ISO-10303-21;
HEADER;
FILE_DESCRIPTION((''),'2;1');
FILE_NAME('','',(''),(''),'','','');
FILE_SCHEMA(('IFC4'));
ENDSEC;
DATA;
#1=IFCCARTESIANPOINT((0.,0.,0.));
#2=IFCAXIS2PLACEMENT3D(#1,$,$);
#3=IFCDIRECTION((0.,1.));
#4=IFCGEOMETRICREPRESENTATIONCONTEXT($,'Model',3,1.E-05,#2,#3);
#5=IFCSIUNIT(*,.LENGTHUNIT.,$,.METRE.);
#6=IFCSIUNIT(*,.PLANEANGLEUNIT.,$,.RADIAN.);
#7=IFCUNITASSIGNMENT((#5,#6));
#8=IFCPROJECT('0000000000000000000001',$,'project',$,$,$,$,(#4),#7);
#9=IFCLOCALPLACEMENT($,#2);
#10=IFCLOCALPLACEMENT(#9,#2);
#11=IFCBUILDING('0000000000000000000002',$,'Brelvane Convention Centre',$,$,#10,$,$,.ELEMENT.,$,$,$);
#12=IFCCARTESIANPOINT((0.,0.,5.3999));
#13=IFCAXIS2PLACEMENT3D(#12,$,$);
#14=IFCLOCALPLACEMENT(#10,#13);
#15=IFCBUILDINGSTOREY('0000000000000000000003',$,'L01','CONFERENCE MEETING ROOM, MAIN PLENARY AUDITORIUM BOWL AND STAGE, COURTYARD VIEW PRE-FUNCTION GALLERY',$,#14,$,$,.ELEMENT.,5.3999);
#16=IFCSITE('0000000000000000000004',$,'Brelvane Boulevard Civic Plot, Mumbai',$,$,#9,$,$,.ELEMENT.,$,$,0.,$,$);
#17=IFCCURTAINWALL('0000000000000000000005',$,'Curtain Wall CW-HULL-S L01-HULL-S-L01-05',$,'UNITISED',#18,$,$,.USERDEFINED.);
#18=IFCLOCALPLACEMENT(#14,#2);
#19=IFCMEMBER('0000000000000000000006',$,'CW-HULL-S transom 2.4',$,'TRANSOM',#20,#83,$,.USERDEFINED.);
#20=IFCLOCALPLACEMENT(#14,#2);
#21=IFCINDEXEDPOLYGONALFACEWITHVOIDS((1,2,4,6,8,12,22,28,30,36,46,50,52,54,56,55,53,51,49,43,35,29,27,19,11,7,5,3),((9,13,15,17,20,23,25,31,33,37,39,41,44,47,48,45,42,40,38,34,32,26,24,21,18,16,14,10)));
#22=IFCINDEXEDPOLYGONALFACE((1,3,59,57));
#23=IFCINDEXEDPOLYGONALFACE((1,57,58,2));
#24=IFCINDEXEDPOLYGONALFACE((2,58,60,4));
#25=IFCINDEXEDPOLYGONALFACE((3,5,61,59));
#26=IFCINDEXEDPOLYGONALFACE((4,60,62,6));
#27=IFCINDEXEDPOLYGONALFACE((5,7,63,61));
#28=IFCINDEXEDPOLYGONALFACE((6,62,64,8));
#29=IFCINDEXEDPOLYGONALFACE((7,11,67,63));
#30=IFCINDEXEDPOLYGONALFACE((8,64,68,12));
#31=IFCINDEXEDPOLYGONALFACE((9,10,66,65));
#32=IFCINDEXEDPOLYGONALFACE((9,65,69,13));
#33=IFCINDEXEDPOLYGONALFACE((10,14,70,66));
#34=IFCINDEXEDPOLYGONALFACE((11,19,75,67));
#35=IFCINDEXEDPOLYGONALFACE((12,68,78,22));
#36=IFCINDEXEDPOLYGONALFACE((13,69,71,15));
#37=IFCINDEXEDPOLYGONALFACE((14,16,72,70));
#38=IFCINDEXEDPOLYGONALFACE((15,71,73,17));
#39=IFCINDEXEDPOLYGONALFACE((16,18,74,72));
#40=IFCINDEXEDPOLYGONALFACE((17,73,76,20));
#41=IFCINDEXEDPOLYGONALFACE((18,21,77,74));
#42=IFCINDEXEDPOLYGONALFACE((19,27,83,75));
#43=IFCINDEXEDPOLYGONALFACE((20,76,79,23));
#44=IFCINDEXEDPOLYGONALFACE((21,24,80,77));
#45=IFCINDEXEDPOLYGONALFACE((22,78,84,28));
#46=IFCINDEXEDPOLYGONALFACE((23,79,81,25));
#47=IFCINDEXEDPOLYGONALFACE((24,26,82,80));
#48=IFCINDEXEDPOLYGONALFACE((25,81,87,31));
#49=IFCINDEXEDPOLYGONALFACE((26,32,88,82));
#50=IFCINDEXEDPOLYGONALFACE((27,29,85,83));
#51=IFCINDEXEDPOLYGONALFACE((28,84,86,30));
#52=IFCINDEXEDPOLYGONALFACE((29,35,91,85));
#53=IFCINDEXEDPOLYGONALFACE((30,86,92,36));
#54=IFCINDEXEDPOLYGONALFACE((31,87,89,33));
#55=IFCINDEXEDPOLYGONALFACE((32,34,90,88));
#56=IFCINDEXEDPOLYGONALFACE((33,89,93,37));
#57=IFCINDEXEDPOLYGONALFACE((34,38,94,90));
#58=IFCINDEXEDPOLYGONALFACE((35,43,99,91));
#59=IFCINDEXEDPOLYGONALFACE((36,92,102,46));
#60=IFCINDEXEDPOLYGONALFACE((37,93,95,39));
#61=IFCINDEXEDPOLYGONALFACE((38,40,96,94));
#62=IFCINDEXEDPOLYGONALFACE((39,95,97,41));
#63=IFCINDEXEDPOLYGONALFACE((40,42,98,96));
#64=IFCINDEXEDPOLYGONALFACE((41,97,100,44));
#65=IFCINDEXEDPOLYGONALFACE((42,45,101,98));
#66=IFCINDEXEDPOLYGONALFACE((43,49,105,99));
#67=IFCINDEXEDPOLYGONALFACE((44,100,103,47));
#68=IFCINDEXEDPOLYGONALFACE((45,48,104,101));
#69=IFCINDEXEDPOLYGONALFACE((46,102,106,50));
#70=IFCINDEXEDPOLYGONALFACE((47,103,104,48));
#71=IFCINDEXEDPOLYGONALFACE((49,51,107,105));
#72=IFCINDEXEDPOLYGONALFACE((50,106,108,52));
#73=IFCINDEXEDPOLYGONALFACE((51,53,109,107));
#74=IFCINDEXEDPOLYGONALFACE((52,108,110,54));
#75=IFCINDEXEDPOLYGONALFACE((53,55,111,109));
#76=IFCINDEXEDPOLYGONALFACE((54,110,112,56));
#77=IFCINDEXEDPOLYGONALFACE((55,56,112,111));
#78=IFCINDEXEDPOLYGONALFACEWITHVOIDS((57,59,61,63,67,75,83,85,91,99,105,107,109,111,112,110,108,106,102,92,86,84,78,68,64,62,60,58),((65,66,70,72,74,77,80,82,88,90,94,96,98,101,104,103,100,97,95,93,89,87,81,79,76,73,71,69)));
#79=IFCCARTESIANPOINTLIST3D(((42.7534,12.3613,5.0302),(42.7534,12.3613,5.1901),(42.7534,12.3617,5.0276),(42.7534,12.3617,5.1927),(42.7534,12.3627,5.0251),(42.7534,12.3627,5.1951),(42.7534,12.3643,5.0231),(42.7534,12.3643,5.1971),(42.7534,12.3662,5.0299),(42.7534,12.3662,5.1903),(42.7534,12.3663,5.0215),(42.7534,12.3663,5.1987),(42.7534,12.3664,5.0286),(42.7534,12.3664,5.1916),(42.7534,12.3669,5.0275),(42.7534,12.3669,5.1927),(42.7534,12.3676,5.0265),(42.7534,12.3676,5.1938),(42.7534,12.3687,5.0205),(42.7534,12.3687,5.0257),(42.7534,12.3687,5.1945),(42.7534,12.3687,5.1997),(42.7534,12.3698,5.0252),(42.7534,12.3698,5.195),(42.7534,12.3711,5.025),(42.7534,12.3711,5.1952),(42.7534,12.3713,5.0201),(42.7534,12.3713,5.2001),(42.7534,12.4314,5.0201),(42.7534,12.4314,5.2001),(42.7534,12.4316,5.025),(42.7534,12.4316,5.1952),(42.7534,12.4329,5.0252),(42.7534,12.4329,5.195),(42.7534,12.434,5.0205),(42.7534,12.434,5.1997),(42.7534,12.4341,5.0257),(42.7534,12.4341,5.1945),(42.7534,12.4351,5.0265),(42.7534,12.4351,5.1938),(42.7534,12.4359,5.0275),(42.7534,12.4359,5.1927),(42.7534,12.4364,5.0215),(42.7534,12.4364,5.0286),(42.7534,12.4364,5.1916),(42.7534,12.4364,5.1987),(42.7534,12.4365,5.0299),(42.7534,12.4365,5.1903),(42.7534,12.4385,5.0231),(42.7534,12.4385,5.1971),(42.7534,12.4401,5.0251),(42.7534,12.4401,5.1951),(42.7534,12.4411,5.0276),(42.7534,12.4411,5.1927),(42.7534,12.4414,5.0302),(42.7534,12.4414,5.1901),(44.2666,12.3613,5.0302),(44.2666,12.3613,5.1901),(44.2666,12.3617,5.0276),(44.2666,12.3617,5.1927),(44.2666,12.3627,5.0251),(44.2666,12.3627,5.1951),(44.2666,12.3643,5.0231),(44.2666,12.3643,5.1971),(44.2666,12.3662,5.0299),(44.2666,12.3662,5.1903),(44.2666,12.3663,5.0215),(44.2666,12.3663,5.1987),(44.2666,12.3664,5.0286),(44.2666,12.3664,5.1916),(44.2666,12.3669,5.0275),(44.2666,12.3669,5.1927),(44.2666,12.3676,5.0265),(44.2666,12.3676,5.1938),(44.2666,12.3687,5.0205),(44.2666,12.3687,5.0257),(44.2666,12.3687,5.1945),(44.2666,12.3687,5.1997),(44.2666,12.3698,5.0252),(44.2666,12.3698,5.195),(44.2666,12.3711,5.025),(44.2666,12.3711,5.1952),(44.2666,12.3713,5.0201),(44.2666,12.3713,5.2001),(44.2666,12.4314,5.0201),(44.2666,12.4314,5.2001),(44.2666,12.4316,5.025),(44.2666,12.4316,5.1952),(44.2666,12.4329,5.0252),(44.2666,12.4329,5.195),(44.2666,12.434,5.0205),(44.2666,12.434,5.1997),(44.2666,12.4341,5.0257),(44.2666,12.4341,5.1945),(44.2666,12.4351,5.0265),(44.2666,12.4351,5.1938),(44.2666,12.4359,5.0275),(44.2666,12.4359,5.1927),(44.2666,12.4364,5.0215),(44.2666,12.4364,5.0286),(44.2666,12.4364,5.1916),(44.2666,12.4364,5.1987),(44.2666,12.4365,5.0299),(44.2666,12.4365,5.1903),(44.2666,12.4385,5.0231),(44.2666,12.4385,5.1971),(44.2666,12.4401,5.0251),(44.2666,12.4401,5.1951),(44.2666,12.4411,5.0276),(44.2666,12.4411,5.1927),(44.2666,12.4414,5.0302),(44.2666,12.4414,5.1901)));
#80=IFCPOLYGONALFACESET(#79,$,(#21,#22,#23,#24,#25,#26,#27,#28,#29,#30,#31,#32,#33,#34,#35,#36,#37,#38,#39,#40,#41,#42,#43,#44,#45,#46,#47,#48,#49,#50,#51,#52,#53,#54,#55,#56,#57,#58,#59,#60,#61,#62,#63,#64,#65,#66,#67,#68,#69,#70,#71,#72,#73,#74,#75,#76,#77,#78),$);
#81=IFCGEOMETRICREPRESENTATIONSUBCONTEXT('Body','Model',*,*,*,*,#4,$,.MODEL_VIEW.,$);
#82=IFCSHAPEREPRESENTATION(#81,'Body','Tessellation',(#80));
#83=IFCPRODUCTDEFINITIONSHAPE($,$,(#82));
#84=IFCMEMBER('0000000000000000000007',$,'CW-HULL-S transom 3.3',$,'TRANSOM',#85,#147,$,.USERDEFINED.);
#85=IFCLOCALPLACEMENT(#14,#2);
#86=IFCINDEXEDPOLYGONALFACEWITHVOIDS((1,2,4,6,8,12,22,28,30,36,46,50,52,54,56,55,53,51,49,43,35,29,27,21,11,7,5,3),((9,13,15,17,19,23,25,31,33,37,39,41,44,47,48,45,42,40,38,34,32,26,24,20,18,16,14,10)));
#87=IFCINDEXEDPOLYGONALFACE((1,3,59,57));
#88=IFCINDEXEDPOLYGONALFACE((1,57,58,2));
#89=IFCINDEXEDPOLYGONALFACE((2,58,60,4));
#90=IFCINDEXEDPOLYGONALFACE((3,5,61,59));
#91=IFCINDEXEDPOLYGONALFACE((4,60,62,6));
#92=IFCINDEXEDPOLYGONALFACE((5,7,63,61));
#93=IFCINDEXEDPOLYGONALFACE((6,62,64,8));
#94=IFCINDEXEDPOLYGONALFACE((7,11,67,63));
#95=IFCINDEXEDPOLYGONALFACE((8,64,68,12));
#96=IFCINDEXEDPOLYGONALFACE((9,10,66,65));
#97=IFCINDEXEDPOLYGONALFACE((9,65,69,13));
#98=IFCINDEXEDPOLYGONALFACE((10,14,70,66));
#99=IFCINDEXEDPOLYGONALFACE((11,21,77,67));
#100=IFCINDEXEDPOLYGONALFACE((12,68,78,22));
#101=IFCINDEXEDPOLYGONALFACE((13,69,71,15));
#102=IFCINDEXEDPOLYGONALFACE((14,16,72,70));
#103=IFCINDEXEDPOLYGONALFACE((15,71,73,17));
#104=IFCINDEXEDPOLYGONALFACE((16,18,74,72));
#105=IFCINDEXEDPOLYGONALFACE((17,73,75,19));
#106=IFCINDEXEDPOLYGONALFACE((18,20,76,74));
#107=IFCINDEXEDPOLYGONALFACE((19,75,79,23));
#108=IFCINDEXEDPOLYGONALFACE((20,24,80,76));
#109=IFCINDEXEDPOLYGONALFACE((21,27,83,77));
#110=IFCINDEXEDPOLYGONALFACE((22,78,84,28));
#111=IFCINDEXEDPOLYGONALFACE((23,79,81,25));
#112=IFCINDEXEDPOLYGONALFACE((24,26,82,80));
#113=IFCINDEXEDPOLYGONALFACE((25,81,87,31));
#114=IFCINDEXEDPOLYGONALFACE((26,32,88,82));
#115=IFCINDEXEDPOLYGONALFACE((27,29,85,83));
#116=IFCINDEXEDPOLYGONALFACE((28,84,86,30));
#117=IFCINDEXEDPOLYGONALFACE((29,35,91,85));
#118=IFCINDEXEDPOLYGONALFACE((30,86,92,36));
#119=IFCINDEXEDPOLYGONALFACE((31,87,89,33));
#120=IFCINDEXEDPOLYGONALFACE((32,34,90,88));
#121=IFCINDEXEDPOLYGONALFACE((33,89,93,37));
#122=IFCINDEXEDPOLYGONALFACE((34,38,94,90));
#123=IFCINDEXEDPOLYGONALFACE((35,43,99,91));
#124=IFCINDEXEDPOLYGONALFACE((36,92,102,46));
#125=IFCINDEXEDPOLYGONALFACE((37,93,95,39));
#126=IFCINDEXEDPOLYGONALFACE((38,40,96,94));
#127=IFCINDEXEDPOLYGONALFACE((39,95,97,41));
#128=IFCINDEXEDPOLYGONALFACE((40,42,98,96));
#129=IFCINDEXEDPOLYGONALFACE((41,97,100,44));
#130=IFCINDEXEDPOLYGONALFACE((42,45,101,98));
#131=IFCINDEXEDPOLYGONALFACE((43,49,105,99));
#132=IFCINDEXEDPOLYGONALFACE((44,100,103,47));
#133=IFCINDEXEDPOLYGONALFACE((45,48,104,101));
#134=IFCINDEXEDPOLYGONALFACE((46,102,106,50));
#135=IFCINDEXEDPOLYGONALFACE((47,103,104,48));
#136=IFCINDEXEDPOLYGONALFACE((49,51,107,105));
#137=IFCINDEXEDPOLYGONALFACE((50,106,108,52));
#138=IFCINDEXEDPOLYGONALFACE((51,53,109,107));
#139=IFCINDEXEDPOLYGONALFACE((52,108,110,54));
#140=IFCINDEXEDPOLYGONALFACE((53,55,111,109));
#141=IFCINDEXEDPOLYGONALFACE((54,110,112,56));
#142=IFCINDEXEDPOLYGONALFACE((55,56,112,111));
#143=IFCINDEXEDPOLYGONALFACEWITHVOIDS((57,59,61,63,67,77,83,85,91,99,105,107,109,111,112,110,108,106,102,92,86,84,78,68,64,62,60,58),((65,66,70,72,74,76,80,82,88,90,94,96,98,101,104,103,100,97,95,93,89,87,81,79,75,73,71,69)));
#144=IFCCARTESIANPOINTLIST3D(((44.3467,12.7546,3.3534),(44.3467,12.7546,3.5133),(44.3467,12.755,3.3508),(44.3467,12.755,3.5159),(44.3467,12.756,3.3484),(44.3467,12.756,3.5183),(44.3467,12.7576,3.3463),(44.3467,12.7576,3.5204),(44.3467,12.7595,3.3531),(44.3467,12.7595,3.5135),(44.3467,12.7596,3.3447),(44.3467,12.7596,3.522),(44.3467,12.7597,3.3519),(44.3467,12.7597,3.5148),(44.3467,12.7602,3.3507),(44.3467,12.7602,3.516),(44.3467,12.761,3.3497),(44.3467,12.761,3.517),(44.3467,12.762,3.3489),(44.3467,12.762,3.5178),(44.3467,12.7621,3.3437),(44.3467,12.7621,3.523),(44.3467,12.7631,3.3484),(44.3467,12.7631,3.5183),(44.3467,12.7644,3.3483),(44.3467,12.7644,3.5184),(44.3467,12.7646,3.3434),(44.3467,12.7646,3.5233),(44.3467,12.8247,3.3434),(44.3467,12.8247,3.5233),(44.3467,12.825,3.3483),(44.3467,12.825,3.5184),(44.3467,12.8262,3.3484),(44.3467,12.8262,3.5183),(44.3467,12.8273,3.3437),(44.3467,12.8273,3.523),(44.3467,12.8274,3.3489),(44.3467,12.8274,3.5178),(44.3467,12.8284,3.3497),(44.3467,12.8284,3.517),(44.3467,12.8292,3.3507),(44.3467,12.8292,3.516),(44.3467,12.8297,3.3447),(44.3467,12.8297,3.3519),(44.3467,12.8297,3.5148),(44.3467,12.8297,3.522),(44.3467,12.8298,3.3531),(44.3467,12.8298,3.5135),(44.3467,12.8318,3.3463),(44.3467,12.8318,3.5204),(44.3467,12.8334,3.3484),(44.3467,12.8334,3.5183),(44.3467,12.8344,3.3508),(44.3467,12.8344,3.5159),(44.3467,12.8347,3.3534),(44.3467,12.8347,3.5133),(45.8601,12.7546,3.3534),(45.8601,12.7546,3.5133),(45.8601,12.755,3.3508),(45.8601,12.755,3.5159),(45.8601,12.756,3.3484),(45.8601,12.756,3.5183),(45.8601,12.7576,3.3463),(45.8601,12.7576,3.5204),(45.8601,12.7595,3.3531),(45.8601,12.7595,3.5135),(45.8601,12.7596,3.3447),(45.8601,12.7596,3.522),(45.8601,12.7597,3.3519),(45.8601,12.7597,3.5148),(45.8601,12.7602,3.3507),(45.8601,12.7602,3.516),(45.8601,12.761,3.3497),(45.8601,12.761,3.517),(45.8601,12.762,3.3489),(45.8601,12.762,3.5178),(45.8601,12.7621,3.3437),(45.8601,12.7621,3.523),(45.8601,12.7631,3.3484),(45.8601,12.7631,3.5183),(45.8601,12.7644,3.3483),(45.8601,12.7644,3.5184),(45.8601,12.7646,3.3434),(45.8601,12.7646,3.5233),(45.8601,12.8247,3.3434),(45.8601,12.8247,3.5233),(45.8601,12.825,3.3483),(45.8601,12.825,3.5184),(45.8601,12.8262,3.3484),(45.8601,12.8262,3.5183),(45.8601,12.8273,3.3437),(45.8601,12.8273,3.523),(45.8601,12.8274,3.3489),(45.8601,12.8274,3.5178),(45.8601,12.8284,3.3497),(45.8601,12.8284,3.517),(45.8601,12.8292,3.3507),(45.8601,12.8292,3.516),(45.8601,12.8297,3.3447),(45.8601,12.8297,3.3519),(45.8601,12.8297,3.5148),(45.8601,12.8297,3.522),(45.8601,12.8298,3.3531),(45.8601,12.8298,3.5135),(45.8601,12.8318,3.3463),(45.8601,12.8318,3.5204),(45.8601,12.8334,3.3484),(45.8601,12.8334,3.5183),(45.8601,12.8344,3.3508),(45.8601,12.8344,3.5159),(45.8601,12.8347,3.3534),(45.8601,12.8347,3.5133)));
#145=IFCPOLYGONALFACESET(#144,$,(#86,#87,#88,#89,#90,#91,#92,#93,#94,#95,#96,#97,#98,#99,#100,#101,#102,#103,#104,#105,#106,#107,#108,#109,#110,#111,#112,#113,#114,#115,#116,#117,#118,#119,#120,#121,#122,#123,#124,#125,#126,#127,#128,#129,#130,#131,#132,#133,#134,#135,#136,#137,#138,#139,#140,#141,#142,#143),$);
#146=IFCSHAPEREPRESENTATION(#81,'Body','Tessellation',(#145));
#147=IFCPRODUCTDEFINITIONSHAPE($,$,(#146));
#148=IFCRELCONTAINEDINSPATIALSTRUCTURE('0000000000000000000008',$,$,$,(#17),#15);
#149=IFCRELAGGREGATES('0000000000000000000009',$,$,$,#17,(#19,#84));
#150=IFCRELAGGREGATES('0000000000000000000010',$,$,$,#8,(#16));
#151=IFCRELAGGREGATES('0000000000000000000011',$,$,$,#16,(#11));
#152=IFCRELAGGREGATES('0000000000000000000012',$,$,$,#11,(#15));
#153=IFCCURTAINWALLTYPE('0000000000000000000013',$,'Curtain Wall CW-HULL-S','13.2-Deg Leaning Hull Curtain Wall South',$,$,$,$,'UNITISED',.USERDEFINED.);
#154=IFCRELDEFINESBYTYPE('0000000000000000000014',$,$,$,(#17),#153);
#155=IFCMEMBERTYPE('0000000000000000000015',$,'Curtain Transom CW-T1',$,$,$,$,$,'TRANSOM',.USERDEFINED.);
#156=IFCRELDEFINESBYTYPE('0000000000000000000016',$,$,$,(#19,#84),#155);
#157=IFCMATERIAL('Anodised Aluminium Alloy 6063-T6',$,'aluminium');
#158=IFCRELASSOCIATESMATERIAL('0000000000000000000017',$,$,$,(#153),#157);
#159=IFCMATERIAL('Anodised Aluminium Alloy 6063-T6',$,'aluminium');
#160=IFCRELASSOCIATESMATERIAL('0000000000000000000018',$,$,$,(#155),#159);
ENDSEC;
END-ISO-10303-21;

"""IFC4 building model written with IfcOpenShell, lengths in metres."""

from ifc_helpers import new_model, si_unit, direction, frame, origin, origin_2d, place, context, subcontext, project, spatial, hollow_rectangle, extrude, material, material_profile, profile_set, type_object, element, aggregate, save


model = new_model("IFC4")

# Units and contexts
model_context = context("Model", 3, precision=1e-05, world=origin(), true_north=direction((0.0, 1.0)))
body_context = subcontext(model_context, "Body", "Model", "MODEL_VIEW")
ifc_project = project(units=[si_unit("LENGTHUNIT", "METRE"), si_unit("PLANEANGLEUNIT", "RADIAN")], contexts=[model_context])

# Site, building, storey
site_placement = place(None, origin())
site = spatial("IfcSite", under=ifc_project, at=site_placement, Name="Brelvane Boulevard Civic Plot, Mumbai", CompositionType="ELEMENT", RefElevation=0.0)
building_placement = place(site_placement, origin())
building = spatial("IfcBuilding", under=site, at=building_placement, Name="Brelvane Convention Centre", CompositionType="ELEMENT")
storey_placement = place(building_placement, frame((0.0, 0.0, 5.3999)))
storey = spatial("IfcBuildingStorey", under=building, at=storey_placement, Name="L01", Description="CONFERENCE MEETING ROOM, MAIN PLENARY AUDITORIUM BOWL AND STAGE, COURTYARD VIEW PRE-FUNCTION GALLERY", CompositionType="ELEMENT", Elevation=5.3999)

# Curtain wall, members
ifc_material_1 = material(Name="Anodised Aluminium Alloy 6063-T6", Category="aluminium")
curtain_wall_type = type_object("IfcCurtainWallType", Name="Curtain Wall CW-HULL-S", Description="13.2-Deg Leaning Hull Curtain Wall South", ElementType="UNITISED", PredefinedType="USERDEFINED", material=ifc_material_1)
ifc_material_2 = material(Name="Anodised Aluminium Alloy 6063-T6", Category="aluminium")
ifc_material_profile = material_profile(ifc_material_2, hollow_rectangle(XDim=0.0801, YDim=0.1799, WallThickness=0.0049, InnerFilletRadius=0.0049, OuterFilletRadius=0.01, at=origin_2d()), Name="ALU-T 180x80x5.0")
ifc_profile_set = profile_set([ifc_material_profile], Name="Anodised Aluminium Alloy 6063-T6")
member_type = type_object("IfcMemberType", Name="Curtain Transom CW-T1", ElementType="TRANSOM", PredefinedType="USERDEFINED", material=ifc_profile_set)
curtain_wall_1_placement = place(storey_placement, origin())
curtain_wall_1 = element("IfcCurtainWall", 1, at=curtain_wall_1_placement, inside=storey, type_object=curtain_wall_type, Name="Curtain Wall CW-HULL-S L01-HULL-S-L01-05", ObjectType="UNITISED", PredefinedType="USERDEFINED")
member_1_placement = place(storey_placement, frame((42.7534, 12.4014, 5.1101), z_axis=(1.0, 0.0, 0.0), x_axis=(0.0, 1.0, 0.0)))
member_1 = element("IfcMember", 2, at=member_1_placement, type_object=member_type, Name="CW-HULL-S transom 2.4", ObjectType="TRANSOM", PredefinedType="USERDEFINED", context=body_context, shape_type="SweptSolid", body=[
    extrude(hollow_rectangle(XDim=0.0801, YDim=0.1799, WallThickness=0.0049, InnerFilletRadius=0.0049, OuterFilletRadius=0.01, at=origin_2d()), origin(), (0.0, 0.0, 1.0), 1.5132),
])
member_2_placement = place(storey_placement, frame((44.3467, 12.7947, 3.4333), z_axis=(1.0, 0.0, 0.0), x_axis=(0.0, 1.0, 0.0)))
member_2 = element("IfcMember", 3, at=member_2_placement, type_object=member_type, Name="CW-HULL-S transom 3.3", ObjectType="TRANSOM", PredefinedType="USERDEFINED", context=body_context, shape_type="SweptSolid", body=[
    extrude(hollow_rectangle(XDim=0.0801, YDim=0.1799, WallThickness=0.0049, InnerFilletRadius=0.0049, OuterFilletRadius=0.01, at=origin_2d()), origin(), (0.0, 0.0, 1.0), 1.5134),
])

aggregate(curtain_wall_1, [member_1, member_2])

save(model, "model.ifc")
